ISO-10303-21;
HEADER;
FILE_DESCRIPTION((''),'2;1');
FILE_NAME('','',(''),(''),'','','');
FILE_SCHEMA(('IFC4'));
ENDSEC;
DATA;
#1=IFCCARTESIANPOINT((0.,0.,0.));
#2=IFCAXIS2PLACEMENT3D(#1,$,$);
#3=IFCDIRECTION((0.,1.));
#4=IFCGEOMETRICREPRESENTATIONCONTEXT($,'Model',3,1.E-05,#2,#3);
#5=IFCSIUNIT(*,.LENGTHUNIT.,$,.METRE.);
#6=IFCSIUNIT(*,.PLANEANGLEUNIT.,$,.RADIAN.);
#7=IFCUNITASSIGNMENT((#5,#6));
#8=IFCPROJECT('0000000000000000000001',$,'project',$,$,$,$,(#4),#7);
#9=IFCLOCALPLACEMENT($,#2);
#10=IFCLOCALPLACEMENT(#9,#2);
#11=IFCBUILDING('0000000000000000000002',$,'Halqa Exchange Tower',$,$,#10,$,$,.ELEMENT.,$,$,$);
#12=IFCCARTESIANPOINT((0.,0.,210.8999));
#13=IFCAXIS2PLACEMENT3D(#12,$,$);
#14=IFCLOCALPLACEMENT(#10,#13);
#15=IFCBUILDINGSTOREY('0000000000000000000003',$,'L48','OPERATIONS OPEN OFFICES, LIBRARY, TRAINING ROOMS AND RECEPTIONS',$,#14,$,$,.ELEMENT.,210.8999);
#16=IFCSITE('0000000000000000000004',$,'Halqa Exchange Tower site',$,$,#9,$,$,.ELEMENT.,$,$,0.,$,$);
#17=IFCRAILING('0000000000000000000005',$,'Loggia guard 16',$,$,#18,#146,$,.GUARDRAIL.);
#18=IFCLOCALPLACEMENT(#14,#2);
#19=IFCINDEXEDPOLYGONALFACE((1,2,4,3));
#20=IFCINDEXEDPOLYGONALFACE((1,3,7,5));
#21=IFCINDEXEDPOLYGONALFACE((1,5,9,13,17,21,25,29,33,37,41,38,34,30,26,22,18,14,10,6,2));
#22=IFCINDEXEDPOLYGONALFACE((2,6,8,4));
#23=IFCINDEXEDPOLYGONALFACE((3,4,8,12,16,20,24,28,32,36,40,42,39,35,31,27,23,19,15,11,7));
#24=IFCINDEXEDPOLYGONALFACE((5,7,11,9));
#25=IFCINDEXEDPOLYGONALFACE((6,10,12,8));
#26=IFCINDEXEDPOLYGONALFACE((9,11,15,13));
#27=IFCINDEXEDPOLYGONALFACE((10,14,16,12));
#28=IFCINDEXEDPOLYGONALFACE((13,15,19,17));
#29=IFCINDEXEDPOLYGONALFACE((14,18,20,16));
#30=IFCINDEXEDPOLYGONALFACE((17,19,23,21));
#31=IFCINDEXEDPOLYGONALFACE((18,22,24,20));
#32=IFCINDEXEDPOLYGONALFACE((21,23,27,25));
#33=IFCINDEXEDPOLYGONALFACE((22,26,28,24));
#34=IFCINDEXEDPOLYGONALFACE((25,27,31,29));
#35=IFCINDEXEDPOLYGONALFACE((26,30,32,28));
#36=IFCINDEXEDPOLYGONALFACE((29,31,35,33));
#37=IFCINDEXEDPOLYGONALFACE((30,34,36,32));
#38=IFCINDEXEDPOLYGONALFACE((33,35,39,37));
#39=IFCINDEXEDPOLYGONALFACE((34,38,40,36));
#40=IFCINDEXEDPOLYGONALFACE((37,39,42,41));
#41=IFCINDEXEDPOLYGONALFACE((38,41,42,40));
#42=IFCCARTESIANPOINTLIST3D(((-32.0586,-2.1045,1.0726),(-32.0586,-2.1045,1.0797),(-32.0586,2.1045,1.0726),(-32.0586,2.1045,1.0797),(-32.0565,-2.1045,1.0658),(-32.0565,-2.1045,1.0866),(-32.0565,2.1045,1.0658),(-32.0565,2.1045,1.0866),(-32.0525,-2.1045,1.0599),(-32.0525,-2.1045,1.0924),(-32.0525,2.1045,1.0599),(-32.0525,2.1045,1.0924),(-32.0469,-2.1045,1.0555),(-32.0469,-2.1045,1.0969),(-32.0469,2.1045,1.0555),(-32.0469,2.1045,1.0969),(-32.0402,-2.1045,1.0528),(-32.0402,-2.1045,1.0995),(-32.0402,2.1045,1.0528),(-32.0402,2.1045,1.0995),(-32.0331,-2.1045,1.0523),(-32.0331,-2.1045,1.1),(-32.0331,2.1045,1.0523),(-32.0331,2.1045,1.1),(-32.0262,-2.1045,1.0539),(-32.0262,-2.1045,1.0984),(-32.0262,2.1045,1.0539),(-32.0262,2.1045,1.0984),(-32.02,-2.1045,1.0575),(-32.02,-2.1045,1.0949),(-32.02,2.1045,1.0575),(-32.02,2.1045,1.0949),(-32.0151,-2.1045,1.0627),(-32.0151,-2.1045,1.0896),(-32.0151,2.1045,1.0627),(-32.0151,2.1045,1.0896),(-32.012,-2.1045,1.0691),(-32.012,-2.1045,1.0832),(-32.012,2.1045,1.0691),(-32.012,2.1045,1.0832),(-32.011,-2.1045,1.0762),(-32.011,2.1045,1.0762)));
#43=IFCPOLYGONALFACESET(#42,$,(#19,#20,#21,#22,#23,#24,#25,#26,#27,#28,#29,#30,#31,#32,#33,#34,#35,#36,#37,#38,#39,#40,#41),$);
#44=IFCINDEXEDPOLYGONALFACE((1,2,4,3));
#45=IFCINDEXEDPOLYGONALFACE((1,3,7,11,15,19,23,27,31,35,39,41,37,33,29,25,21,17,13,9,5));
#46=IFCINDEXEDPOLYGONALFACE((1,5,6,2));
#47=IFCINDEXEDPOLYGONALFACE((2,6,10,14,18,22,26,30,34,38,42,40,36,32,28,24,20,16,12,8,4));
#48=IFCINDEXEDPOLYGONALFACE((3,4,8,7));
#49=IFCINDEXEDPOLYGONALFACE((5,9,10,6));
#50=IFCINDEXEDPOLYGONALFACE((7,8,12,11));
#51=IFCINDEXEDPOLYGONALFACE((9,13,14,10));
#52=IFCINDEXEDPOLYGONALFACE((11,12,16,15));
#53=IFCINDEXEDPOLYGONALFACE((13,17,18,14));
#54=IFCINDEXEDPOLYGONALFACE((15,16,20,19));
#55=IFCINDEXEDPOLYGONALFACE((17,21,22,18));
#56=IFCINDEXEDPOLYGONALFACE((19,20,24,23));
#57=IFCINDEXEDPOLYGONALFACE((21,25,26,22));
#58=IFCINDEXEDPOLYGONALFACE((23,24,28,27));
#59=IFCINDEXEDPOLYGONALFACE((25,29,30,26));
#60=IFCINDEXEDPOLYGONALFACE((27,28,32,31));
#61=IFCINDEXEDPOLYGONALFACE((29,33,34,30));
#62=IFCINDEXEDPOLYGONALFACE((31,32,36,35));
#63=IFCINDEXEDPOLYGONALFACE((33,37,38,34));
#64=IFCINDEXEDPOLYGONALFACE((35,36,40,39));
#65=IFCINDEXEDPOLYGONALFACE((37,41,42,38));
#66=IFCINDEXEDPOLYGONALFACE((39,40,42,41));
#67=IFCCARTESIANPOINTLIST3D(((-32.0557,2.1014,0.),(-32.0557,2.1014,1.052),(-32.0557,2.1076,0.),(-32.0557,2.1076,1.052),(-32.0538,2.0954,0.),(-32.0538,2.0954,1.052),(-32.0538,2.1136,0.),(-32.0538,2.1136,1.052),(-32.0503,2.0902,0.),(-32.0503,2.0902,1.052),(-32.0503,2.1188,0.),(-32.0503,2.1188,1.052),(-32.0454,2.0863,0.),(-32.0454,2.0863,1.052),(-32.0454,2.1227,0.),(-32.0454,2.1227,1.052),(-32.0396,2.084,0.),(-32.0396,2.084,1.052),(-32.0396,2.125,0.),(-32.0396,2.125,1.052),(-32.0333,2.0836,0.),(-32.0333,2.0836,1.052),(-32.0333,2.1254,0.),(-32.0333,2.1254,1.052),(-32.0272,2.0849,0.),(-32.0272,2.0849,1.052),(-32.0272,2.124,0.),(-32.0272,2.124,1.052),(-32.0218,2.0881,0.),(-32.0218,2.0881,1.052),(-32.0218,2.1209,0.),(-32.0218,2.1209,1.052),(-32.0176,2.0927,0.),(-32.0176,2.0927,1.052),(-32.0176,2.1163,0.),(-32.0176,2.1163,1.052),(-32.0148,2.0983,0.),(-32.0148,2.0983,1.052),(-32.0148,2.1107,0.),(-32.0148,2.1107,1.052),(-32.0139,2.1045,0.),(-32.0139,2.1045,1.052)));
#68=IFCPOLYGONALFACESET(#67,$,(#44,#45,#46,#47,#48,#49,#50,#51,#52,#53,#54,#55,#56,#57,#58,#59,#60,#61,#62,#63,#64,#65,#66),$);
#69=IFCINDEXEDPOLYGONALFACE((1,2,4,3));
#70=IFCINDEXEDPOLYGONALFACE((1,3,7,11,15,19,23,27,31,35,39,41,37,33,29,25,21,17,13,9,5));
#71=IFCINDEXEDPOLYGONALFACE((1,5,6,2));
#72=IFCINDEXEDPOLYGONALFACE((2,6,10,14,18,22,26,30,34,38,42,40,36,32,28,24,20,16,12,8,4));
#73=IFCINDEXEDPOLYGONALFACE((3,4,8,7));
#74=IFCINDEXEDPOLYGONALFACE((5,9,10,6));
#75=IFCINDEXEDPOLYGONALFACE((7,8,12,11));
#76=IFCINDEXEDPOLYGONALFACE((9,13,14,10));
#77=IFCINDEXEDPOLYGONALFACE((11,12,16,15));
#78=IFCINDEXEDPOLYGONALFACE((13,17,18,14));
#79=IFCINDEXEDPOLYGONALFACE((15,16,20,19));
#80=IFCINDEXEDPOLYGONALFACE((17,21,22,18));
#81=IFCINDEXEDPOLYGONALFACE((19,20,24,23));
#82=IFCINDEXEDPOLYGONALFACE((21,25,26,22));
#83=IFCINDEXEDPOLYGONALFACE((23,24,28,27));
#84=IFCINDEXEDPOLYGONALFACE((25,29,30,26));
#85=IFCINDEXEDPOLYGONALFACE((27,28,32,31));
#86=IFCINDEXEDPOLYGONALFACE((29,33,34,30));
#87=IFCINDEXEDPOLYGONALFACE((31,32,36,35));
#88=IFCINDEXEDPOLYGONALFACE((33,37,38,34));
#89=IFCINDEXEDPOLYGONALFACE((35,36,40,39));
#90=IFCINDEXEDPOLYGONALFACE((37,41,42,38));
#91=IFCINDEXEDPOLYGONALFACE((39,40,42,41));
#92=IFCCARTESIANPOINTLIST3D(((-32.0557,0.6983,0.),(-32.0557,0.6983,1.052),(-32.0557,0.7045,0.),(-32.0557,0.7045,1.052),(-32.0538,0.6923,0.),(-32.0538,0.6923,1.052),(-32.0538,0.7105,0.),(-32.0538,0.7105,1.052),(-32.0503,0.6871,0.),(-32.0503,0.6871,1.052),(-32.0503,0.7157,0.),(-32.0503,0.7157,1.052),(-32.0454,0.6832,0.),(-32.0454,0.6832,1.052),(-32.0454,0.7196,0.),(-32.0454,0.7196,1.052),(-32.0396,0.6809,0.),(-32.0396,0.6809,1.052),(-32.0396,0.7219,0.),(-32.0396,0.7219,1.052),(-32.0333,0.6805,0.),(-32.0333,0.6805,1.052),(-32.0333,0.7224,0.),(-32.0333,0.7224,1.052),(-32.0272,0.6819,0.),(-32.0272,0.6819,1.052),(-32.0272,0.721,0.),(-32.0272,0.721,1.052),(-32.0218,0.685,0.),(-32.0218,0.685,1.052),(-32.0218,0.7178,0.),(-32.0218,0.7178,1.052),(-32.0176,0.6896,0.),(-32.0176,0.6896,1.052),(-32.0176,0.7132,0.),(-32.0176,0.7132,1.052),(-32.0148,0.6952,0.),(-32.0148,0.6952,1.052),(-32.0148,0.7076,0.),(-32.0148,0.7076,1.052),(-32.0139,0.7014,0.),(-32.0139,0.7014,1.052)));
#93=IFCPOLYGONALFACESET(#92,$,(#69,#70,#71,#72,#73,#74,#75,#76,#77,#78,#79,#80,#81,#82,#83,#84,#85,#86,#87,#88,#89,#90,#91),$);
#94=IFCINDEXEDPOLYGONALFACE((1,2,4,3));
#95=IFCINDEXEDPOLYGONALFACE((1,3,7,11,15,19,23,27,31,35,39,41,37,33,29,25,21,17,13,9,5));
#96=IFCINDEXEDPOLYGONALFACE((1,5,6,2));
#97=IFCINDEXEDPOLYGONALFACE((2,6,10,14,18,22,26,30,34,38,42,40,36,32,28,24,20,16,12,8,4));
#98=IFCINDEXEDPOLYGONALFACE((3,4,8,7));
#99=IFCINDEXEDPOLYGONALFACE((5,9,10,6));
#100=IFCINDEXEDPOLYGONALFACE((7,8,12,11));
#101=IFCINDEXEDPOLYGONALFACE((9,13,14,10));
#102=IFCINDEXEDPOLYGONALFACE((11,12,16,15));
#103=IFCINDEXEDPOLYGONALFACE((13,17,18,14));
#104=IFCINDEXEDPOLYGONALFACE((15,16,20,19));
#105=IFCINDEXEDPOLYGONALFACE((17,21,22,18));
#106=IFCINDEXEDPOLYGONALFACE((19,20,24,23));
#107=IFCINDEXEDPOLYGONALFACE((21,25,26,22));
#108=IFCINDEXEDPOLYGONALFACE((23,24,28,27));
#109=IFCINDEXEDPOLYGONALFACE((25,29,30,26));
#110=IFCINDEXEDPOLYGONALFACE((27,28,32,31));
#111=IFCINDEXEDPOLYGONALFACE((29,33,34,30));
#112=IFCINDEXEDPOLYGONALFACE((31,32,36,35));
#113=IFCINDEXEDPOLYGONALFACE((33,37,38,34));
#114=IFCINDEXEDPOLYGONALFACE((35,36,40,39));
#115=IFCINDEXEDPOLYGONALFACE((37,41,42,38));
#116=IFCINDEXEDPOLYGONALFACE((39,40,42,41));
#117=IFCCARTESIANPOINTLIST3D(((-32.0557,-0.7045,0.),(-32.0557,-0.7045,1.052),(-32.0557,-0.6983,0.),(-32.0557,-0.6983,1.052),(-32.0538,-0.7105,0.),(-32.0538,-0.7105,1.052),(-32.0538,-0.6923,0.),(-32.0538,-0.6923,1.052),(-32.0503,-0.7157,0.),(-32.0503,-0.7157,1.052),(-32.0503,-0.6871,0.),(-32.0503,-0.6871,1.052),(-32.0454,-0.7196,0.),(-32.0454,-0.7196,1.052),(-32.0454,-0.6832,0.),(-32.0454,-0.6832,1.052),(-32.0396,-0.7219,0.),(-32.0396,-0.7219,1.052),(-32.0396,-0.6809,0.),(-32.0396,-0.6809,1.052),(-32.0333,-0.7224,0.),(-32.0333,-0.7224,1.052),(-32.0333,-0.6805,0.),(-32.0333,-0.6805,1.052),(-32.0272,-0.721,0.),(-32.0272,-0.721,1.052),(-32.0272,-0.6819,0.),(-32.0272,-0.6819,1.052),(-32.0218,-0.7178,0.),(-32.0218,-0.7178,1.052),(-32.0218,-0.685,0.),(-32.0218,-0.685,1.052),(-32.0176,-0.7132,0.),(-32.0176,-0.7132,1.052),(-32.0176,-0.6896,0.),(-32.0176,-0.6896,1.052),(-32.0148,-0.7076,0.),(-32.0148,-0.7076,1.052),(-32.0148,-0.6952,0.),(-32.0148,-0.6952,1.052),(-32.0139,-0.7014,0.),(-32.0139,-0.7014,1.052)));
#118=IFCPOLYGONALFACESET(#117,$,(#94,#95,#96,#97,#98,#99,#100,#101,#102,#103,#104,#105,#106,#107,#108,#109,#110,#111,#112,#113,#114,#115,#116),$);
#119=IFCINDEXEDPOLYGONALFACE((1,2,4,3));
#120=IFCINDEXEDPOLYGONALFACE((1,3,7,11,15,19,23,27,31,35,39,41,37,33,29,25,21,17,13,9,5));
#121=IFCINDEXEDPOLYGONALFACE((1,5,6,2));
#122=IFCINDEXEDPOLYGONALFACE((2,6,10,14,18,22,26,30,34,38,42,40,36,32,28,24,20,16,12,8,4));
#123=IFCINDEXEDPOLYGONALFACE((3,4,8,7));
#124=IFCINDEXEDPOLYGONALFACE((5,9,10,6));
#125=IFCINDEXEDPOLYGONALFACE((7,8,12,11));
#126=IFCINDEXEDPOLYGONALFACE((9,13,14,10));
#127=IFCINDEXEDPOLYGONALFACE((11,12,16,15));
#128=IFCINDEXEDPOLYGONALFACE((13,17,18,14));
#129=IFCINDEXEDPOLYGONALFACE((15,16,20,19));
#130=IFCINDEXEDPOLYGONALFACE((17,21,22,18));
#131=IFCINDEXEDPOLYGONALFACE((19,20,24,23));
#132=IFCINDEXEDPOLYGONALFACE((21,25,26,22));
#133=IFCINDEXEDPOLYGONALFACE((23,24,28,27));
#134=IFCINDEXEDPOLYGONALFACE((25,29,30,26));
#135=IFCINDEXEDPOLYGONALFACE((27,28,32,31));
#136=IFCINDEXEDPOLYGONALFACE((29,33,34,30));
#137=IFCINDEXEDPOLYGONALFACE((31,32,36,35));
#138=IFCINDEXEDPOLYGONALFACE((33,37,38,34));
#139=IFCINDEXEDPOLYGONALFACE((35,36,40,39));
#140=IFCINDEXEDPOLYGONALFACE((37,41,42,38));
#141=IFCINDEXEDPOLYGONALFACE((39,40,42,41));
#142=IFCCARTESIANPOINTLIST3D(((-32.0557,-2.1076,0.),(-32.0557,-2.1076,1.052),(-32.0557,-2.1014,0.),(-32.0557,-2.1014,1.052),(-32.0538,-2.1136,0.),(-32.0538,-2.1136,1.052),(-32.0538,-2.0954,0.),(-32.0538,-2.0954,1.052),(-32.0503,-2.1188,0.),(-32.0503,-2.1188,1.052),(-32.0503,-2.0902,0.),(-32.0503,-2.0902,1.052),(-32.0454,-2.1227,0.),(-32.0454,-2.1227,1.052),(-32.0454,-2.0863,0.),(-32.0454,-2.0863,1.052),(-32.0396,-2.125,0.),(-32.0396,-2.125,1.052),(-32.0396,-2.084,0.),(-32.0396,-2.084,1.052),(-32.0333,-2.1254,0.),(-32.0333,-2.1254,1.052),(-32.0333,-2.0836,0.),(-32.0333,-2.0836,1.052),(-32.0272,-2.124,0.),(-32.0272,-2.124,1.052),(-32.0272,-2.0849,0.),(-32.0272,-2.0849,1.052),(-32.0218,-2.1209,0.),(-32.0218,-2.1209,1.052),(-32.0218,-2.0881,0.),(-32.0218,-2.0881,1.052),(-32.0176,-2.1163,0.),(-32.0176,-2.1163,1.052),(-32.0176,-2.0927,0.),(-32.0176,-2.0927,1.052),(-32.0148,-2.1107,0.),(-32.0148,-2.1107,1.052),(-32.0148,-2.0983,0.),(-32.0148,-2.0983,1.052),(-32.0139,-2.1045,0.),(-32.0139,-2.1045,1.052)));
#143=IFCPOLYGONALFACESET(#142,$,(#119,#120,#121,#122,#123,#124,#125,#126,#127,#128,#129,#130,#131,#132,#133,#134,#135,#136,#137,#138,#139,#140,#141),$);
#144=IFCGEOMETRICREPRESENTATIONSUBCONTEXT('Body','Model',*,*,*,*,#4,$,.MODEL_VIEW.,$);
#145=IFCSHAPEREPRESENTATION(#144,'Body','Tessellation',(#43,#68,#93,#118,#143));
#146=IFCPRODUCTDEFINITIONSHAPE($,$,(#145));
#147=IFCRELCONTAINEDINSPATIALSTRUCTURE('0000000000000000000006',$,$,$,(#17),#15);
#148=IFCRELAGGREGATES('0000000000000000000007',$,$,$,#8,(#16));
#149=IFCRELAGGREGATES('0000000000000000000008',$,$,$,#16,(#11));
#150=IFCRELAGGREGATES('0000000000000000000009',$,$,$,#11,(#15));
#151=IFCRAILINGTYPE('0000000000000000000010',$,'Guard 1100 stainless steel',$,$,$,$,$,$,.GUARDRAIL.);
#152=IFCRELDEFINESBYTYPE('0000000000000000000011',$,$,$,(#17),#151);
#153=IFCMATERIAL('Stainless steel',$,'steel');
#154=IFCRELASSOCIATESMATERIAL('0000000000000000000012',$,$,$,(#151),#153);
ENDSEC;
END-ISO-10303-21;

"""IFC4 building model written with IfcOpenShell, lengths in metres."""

from ifc_helpers import new_model, si_unit, direction, frame, origin, origin_2d, place, context, subcontext, project, spatial, circle, extrude, material, type_object, element, save


model = new_model("IFC4")

# Units and contexts
model_context = context("Model", 3, precision=1e-05, world=origin(), true_north=direction((0.0, 1.0)))
body_context = subcontext(model_context, "Body", "Model", "MODEL_VIEW")
ifc_project = project(units=[si_unit("LENGTHUNIT", "METRE"), si_unit("PLANEANGLEUNIT", "RADIAN")], contexts=[model_context])

# Site, building, storey
site_placement = place(None, origin())
site = spatial("IfcSite", under=ifc_project, at=site_placement, Name="Halqa Exchange Tower site", CompositionType="ELEMENT", RefElevation=0.0)
building_placement = place(site_placement, origin())
building = spatial("IfcBuilding", under=site, at=building_placement, Name="Halqa Exchange Tower", CompositionType="ELEMENT")
storey_placement = place(building_placement, frame((0.0, 0.0, 210.8999)))
storey = spatial("IfcBuildingStorey", under=building, at=storey_placement, Name="L48", Description="OPERATIONS OPEN OFFICES, LIBRARY, TRAINING ROOMS AND RECEPTIONS", CompositionType="ELEMENT", Elevation=210.8999)

# Railing
ifc_material_1 = material(Name="Stainless steel", Category="steel")
railing_type = type_object("IfcRailingType", Name="Guard 1100 stainless steel", PredefinedType="GUARDRAIL", material=ifc_material_1)
railing_1_placement = place(storey_placement, frame((-32.0349, 2.1045, 0.0)))
element("IfcRailing", 1, at=railing_1_placement, inside=storey, type_object=railing_type, Name="Loggia guard 16", PredefinedType="GUARDRAIL", context=body_context, shape_type="SweptSolid", body=[
    extrude(circle(Radius=0.0239, at=origin_2d()), frame((0.0, 0.0, 1.0762), z_axis=(0.0, -1.0, 0.0), x_axis=(1.0, 0.0, 0.0)), (0.0, 0.0, 1.0), 4.209),
    extrude(circle(Radius=0.021, at=origin_2d()), origin(), (0.0, 0.0, 1.0), 1.052),
    extrude(circle(Radius=0.021, at=origin_2d()), frame((0.0, -1.4031, 0.0)), (0.0, 0.0, 1.0), 1.052),
    extrude(circle(Radius=0.021, at=origin_2d()), frame((0.0, -2.8059, 0.0)), (0.0, 0.0, 1.0), 1.052),
    extrude(circle(Radius=0.021, at=origin_2d()), frame((0.0, -4.209, 0.0)), (0.0, 0.0, 1.0), 1.052),
])

save(model, "model.ifc")
